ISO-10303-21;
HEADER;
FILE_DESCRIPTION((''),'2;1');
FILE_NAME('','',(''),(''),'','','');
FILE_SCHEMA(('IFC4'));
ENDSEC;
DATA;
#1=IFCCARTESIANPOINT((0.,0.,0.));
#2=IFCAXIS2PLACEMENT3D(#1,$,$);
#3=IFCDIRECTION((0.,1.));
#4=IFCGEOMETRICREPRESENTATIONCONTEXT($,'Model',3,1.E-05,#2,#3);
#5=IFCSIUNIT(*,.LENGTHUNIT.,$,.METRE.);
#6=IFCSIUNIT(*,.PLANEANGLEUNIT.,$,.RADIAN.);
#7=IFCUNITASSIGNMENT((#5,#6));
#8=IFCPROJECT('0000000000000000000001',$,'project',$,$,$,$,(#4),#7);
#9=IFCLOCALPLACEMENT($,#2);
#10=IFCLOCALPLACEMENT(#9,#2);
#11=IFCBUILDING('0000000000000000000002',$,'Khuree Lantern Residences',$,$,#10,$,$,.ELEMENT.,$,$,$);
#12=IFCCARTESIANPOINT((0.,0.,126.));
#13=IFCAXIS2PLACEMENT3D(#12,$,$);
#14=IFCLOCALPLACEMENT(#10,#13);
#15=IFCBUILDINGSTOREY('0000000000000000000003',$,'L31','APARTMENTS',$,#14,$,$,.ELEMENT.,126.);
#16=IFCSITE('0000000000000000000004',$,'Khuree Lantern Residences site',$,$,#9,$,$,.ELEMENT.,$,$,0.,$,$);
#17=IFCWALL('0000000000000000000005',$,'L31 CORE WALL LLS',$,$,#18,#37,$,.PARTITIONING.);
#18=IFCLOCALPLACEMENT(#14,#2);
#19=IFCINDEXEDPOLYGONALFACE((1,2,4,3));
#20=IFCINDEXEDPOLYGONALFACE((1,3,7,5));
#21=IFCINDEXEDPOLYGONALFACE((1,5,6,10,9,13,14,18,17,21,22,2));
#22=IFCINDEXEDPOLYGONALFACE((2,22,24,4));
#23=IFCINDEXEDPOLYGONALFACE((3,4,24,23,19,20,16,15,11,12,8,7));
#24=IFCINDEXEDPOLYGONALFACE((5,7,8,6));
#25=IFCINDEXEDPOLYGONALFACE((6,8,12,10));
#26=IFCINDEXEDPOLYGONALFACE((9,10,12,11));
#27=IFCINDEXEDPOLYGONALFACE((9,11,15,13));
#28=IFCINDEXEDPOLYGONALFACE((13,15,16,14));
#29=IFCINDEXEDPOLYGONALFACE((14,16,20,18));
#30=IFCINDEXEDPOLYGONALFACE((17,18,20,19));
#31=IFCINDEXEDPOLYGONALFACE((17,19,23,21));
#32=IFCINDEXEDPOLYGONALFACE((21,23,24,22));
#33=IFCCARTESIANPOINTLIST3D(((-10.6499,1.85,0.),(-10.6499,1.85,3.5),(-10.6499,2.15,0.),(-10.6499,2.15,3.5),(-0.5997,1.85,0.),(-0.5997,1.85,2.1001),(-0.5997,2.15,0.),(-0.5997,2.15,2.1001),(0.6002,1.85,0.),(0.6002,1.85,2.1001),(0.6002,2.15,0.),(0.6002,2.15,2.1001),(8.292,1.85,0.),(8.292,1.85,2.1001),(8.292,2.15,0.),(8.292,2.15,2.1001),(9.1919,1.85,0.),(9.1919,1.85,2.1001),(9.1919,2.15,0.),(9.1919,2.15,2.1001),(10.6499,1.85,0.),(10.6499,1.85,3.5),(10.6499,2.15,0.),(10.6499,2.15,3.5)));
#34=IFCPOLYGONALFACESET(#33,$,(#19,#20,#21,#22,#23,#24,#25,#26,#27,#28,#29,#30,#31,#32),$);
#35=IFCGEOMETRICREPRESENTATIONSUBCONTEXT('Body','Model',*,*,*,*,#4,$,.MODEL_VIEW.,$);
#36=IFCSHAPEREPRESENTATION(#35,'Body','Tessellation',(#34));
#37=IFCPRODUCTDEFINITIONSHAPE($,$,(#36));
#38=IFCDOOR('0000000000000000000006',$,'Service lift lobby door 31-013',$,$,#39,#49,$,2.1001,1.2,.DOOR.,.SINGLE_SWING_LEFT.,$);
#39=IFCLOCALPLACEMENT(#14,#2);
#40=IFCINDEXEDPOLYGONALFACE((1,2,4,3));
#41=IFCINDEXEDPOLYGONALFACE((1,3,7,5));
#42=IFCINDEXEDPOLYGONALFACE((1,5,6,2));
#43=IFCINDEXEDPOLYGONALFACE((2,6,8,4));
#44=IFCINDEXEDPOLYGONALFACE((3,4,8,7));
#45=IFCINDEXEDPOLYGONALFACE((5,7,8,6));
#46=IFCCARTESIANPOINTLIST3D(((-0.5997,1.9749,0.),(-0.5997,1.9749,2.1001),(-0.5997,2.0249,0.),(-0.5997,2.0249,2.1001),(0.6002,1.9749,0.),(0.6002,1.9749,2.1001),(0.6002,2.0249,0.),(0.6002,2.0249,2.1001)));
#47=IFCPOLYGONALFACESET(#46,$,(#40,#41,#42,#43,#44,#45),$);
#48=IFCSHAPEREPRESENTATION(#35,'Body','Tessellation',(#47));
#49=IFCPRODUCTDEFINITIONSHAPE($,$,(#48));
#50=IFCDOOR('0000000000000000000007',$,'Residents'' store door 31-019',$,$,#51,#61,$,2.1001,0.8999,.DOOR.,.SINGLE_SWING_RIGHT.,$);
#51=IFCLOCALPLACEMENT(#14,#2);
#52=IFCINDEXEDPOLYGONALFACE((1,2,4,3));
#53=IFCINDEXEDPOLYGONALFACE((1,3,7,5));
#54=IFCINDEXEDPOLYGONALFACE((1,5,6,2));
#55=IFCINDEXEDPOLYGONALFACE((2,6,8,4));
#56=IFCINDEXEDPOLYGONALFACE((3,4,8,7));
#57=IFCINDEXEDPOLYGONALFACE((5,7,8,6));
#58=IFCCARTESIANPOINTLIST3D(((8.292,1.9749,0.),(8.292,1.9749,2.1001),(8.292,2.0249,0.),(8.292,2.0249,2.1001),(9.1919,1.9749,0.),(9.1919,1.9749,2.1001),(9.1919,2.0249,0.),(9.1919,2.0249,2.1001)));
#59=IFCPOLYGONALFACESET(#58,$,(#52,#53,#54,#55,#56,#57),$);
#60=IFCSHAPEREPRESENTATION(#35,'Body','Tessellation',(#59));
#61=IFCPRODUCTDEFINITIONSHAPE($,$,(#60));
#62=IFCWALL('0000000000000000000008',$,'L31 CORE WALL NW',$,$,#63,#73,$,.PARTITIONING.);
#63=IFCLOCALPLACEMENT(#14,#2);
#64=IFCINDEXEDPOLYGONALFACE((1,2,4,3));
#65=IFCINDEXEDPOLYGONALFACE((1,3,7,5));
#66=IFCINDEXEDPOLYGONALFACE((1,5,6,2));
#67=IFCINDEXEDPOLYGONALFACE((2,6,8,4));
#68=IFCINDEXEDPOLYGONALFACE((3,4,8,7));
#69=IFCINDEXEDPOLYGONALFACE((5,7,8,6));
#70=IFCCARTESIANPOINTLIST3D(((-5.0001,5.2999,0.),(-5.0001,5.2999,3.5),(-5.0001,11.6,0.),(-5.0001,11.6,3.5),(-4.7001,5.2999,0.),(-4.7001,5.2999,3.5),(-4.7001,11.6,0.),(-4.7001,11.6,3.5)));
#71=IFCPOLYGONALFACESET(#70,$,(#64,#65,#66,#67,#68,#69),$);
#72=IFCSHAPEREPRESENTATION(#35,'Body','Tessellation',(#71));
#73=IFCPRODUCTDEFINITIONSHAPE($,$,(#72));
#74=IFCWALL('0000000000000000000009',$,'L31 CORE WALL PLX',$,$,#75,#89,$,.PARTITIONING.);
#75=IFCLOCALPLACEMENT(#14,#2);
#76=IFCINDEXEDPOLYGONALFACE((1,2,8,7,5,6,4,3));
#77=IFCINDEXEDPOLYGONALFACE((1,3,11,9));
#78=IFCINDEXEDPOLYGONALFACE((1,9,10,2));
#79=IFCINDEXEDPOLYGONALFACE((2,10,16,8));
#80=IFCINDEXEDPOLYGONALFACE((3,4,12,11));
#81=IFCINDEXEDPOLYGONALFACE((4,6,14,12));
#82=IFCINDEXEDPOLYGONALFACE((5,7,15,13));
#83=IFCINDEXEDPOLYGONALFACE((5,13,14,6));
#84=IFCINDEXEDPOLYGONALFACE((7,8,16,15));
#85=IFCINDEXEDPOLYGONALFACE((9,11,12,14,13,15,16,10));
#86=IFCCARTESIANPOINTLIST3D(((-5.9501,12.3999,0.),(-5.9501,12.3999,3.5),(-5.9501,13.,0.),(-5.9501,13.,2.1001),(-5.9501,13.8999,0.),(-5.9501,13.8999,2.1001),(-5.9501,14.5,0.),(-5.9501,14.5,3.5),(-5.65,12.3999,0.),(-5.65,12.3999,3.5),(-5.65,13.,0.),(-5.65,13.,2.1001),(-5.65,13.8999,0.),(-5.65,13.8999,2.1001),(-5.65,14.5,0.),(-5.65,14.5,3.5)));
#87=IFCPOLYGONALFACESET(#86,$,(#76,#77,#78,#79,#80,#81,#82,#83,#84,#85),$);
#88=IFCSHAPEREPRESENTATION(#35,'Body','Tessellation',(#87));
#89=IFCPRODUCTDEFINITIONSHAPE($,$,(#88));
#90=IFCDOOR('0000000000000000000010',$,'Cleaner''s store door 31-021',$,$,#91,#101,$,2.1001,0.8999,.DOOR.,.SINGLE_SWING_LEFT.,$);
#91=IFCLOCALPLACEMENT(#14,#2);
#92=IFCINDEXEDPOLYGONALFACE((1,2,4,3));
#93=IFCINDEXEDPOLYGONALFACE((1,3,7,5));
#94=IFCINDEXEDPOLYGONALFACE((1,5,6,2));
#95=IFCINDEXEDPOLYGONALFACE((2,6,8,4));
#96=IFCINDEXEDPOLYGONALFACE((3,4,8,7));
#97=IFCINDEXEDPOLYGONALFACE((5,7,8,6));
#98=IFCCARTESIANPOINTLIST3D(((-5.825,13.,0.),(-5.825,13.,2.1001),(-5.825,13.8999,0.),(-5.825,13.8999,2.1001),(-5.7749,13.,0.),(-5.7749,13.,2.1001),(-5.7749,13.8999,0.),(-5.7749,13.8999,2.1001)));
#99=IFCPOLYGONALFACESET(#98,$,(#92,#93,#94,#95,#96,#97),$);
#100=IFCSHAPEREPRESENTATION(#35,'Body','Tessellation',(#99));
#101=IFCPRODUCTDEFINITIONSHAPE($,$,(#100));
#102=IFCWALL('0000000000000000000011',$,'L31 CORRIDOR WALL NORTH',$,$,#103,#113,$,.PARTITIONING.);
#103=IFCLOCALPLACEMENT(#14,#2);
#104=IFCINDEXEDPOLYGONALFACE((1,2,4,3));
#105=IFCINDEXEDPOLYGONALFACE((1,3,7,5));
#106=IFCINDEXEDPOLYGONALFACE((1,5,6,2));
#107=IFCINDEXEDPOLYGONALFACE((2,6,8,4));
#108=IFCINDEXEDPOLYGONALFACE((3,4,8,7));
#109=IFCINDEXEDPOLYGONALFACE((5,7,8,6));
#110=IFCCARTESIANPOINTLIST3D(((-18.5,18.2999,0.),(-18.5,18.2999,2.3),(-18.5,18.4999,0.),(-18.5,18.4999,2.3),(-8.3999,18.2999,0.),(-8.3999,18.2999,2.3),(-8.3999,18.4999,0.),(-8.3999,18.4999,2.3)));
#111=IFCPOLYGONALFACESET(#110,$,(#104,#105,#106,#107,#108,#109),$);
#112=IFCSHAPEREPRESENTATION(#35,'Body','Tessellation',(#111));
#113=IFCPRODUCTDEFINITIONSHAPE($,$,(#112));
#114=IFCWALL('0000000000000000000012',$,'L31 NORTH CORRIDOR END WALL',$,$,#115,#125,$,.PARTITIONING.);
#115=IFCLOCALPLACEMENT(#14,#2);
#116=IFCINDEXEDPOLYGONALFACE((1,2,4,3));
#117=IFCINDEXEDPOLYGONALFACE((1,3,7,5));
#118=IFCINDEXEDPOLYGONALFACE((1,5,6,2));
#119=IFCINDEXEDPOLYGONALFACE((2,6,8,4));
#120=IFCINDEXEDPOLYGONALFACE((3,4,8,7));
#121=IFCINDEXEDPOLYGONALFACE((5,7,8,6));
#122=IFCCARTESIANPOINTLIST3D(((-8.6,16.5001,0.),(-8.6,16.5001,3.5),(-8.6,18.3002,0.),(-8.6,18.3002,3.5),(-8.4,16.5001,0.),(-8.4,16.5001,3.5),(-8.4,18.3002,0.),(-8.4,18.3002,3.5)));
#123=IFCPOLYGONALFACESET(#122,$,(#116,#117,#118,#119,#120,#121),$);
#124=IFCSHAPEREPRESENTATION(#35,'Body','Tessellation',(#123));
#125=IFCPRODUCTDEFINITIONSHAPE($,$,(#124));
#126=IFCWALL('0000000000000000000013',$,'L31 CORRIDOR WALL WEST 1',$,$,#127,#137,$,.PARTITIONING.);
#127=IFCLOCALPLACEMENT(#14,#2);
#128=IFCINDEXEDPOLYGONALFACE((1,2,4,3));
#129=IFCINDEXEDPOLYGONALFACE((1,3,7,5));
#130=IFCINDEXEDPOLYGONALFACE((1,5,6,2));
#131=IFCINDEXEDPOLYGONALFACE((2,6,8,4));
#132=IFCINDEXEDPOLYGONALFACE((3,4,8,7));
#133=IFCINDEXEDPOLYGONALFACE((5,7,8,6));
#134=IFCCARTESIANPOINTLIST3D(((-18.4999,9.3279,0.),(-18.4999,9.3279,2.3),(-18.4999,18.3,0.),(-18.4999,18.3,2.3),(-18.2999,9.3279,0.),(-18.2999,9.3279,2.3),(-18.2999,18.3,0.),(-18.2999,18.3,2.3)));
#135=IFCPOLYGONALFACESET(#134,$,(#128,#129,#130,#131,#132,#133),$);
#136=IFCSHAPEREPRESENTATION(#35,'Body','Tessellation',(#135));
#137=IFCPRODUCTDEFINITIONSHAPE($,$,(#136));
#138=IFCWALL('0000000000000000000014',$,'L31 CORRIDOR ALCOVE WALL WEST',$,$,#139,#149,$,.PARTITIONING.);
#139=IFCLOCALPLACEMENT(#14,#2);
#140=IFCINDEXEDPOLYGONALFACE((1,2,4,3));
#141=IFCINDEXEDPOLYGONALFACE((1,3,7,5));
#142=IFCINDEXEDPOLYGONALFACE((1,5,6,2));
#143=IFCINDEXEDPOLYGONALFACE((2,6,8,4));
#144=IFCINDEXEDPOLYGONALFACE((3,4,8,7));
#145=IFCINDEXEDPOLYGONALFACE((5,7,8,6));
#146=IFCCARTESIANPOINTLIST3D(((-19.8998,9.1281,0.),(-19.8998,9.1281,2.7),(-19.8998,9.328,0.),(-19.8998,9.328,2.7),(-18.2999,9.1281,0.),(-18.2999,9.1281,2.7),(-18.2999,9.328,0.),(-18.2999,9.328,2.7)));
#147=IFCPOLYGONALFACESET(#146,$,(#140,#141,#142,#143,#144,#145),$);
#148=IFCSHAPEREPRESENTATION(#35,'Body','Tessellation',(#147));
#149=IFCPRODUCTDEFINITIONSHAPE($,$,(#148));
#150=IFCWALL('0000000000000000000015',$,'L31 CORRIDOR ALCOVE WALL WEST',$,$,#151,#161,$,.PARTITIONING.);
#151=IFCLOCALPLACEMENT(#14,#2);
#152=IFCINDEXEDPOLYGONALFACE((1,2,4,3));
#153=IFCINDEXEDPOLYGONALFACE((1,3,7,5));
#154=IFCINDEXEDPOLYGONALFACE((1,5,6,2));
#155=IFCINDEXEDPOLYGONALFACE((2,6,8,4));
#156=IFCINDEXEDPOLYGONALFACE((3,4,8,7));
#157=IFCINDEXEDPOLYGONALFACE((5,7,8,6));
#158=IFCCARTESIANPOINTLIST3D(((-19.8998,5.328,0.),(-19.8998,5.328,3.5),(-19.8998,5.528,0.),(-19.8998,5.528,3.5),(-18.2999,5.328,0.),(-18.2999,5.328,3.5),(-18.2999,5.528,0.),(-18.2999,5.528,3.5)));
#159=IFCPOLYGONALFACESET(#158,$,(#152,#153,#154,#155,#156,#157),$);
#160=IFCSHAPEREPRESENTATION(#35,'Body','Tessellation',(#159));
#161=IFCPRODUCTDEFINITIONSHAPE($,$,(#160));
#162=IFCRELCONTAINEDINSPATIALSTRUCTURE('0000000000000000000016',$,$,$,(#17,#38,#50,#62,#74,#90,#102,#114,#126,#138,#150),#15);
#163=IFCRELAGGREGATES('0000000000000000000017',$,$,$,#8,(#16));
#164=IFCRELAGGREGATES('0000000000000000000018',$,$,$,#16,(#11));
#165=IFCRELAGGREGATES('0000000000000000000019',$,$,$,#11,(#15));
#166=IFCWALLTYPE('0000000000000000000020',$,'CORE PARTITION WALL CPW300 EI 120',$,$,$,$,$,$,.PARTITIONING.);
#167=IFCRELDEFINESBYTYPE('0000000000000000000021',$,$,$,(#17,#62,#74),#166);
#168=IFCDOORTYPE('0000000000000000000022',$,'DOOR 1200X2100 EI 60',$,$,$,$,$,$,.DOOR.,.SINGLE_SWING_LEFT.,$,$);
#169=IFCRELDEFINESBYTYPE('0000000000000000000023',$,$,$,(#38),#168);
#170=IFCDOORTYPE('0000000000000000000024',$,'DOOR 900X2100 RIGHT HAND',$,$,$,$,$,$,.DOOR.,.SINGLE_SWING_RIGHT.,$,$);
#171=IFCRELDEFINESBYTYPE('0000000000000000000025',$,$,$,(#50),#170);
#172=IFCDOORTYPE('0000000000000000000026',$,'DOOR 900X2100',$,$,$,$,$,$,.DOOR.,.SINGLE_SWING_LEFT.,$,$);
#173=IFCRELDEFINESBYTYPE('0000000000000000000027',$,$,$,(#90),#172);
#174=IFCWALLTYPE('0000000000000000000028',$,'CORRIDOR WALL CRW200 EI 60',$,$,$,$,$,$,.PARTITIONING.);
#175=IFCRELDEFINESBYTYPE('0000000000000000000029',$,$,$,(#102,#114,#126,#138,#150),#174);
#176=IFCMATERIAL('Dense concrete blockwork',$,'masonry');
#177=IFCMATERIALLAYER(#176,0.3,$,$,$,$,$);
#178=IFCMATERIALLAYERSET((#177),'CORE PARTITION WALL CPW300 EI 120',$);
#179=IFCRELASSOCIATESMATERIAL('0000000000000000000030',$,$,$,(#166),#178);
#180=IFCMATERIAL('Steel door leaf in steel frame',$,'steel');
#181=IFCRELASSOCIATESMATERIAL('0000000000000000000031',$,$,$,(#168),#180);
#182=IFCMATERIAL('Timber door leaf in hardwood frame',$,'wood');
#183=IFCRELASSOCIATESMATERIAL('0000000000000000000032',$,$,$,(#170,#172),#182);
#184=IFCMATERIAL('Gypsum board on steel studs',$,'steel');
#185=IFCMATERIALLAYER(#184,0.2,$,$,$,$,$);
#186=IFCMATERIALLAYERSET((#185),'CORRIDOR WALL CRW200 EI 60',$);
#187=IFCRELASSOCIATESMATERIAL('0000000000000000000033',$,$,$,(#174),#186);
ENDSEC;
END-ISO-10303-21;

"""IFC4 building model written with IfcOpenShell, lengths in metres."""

from ifc_helpers import new_model, si_unit, direction, frame, frame_2d, origin, place, context, subcontext, project, spatial, rectangle, extrude, material, layer, layer_set, type_object, element, fill, save


model = new_model("IFC4")

# Units and contexts
model_context = context("Model", 3, precision=1e-05, world=origin(), true_north=direction((0.0, 1.0)))
body_context = subcontext(model_context, "Body", "Model", "MODEL_VIEW")
ifc_project = project(units=[si_unit("LENGTHUNIT", "METRE"), si_unit("PLANEANGLEUNIT", "RADIAN")], contexts=[model_context])

# Site, building, storey
site_placement = place(None, origin())
site = spatial("IfcSite", under=ifc_project, at=site_placement, Name="Khuree Lantern Residences site", CompositionType="ELEMENT", RefElevation=0.0)
building_placement = place(site_placement, origin())
building = spatial("IfcBuilding", under=site, at=building_placement, Name="Khuree Lantern Residences", CompositionType="ELEMENT")
storey_placement = place(building_placement, frame((0.0, 0.0, 126.0)))
storey = spatial("IfcBuildingStorey", under=building, at=storey_placement, Name="L31", Description="APARTMENTS", CompositionType="ELEMENT", Elevation=126.0)

# Shared definitions
ifc_material_1 = material(Name="Dense concrete blockwork", Category="masonry")
ifc_layer_1 = layer(ifc_material_1, 0.3)
ifc_layer_set_1 = layer_set([ifc_layer_1], Name="CORE PARTITION WALL CPW300 EI 120")
wall_type_1 = type_object("IfcWallType", Name="CORE PARTITION WALL CPW300 EI 120", PredefinedType="PARTITIONING", material=ifc_layer_set_1)

# Wall, openings, doors
wall_1_placement = place(storey_placement, frame((-10.6499, 2.0, 0.0), z_axis=(0.0, 0.0, 1.0), x_axis=(1.0, 0.0, 0.0)))
wall_1 = element("IfcWall", 1, at=wall_1_placement, inside=storey, type_object=wall_type_1, Name="L31 CORE WALL LLS", PredefinedType="PARTITIONING", context=body_context, shape_type="SweptSolid", body=[
    extrude(rectangle(XDim=21.2998, YDim=0.3, at=frame_2d((10.6499, 0.0))), origin(), (0.0, 0.0, 1.0), 3.5),
])
opening_1_placement = place(wall_1_placement, frame((10.05, 0.0, 0.0)))
opening_1 = element("IfcOpeningElement", 2, at=opening_1_placement, cuts=wall_1, PredefinedType="OPENING", context=body_context, shape_type="SweptSolid", body=[
    extrude(rectangle(XDim=1.2, YDim=2.1001, at=frame_2d((0.6001, 1.05))), frame((0.0, 0.1602, 0.0), z_axis=(0.0, -1.0, 0.0), x_axis=(1.0, 0.0, 0.0)), (0.0, 0.0, 1.0), 0.3201),
])
opening_2_placement = place(wall_1_placement, frame((18.9419, 0.0, 0.0)))
opening_2 = element("IfcOpeningElement", 3, at=opening_2_placement, cuts=wall_1, PredefinedType="OPENING", context=body_context, shape_type="SweptSolid", body=[
    extrude(rectangle(XDim=0.8999, YDim=2.1001, at=frame_2d((0.45, 1.05))), frame((0.0, 0.1602, 0.0), z_axis=(0.0, -1.0, 0.0), x_axis=(1.0, 0.0, 0.0)), (0.0, 0.0, 1.0), 0.3201),
])
ifc_material_2 = material(Name="Steel door leaf in steel frame", Category="steel")
door_type_1 = type_object("IfcDoorType", Name="DOOR 1200X2100 EI 60", OperationType="SINGLE_SWING_LEFT", PredefinedType="DOOR", material=ifc_material_2)
door_1_placement = place(opening_1_placement, origin())
door_1 = element("IfcDoor", 4, at=door_1_placement, inside=storey, type_object=door_type_1, Name="Service lift lobby door 31-013", OperationType="SINGLE_SWING_LEFT", OverallHeight=2.1001, OverallWidth=1.2, PredefinedType="DOOR", context=body_context, shape_type="SweptSolid", body=[
    extrude(rectangle(XDim=1.2, YDim=2.1001, at=frame_2d((0.6001, 1.05))), frame((0.0, 0.0249, 0.0), z_axis=(0.0, -1.0, 0.0), x_axis=(1.0, 0.0, 0.0)), (0.0, 0.0, 1.0), 0.05),
])
fill(opening_1, door_1)
ifc_material_3 = material(Name="Timber door leaf in hardwood frame", Category="wood")
door_type_2 = type_object("IfcDoorType", Name="DOOR 900X2100 RIGHT HAND", OperationType="SINGLE_SWING_RIGHT", PredefinedType="DOOR", material=ifc_material_3)
door_2_placement = place(opening_2_placement, origin())
door_2 = element("IfcDoor", 5, at=door_2_placement, inside=storey, type_object=door_type_2, Name="Residents' store door 31-019", OperationType="SINGLE_SWING_RIGHT", OverallHeight=2.1001, OverallWidth=0.8999, PredefinedType="DOOR", context=body_context, shape_type="SweptSolid", body=[
    extrude(rectangle(XDim=0.8999, YDim=2.1001, at=frame_2d((0.45, 1.05))), frame((0.0, 0.0249, 0.0), z_axis=(0.0, -1.0, 0.0), x_axis=(1.0, 0.0, 0.0)), (0.0, 0.0, 1.0), 0.05),
])
fill(opening_2, door_2)

# Wall
wall_2_placement = place(storey_placement, frame((-4.8501, 5.3, 0.0), z_axis=(0.0, 0.0, 1.0), x_axis=(0.0, 1.0, 0.0)))
element("IfcWall", 6, at=wall_2_placement, inside=storey, type_object=wall_type_1, Name="L31 CORE WALL NW", PredefinedType="PARTITIONING", context=body_context, shape_type="SweptSolid", body=[
    extrude(rectangle(XDim=6.3, YDim=0.3, at=frame_2d((3.1499, 0.0))), origin(), (0.0, 0.0, 1.0), 3.5),
])

# Wall, opening, door
wall_3_placement = place(storey_placement, frame((-5.8, 12.3999, 0.0), z_axis=(0.0, 0.0, 1.0), x_axis=(0.0, 1.0, 0.0)))
wall_3 = element("IfcWall", 7, at=wall_3_placement, inside=storey, type_object=wall_type_1, Name="L31 CORE WALL PLX", PredefinedType="PARTITIONING", context=body_context, shape_type="SweptSolid", body=[
    extrude(rectangle(XDim=2.1001, YDim=0.3, at=frame_2d((1.05, 0.0))), origin(), (0.0, 0.0, 1.0), 3.5),
])
opening_3_placement = place(wall_3_placement, frame((0.6001, 0.0, 0.0)))
opening_3 = element("IfcOpeningElement", 8, at=opening_3_placement, cuts=wall_3, PredefinedType="OPENING", context=body_context, shape_type="SweptSolid", body=[
    extrude(rectangle(XDim=0.8999, YDim=2.1001, at=frame_2d((0.45, 1.05))), frame((0.0, 0.1602, 0.0), z_axis=(0.0, -1.0, 0.0), x_axis=(1.0, 0.0, 0.0)), (0.0, 0.0, 1.0), 0.3201),
])
door_type_3 = type_object("IfcDoorType", Name="DOOR 900X2100", OperationType="SINGLE_SWING_LEFT", PredefinedType="DOOR", material=ifc_material_3)
door_3_placement = place(opening_3_placement, origin())
door_3 = element("IfcDoor", 9, at=door_3_placement, inside=storey, type_object=door_type_3, Name="Cleaner's store door 31-021", OperationType="SINGLE_SWING_LEFT", OverallHeight=2.1001, OverallWidth=0.8999, PredefinedType="DOOR", context=body_context, shape_type="SweptSolid", body=[
    extrude(rectangle(XDim=0.8999, YDim=2.1001, at=frame_2d((0.45, 1.05))), frame((0.0, 0.0249, 0.0), z_axis=(0.0, -1.0, 0.0), x_axis=(1.0, 0.0, 0.0)), (0.0, 0.0, 1.0), 0.05),
])
fill(opening_3, door_3)

# Walls
ifc_material_4 = material(Name="Gypsum board on steel studs", Category="steel")
ifc_layer_2 = layer(ifc_material_4, 0.2)
ifc_layer_set_2 = layer_set([ifc_layer_2], Name="CORRIDOR WALL CRW200 EI 60")
wall_type_2 = type_object("IfcWallType", Name="CORRIDOR WALL CRW200 EI 60", PredefinedType="PARTITIONING", material=ifc_layer_set_2)
wall_4_placement = place(storey_placement, frame((-18.5, 18.3999, 0.0), z_axis=(0.0, 0.0, 1.0), x_axis=(1.0, 0.0, 0.0)))
element("IfcWall", 10, at=wall_4_placement, inside=storey, type_object=wall_type_2, Name="L31 CORRIDOR WALL NORTH", PredefinedType="PARTITIONING", context=body_context, shape_type="SweptSolid", body=[
    extrude(rectangle(XDim=10.1001, YDim=0.2, at=frame_2d((5.05, 0.0))), origin(), (0.0, 0.0, 1.0), 2.3),
])
wall_5_placement = place(storey_placement, frame((-8.5, 18.3, 0.0), z_axis=(0.0, 0.0, 1.0), x_axis=(0.0, -1.0, 0.0)))
element("IfcWall", 11, at=wall_5_placement, inside=storey, type_object=wall_type_2, Name="L31 NORTH CORRIDOR END WALL", PredefinedType="PARTITIONING", context=body_context, shape_type="SweptSolid", body=[
    extrude(rectangle(XDim=1.8, YDim=0.2, at=frame_2d((0.8999, 0.0))), origin(), (0.0, 0.0, 1.0), 3.5),
])
wall_6_placement = place(storey_placement, frame((-18.3999, 18.3, 0.0), z_axis=(0.0, 0.0, 1.0), x_axis=(0.0, -1.0, 0.0)))
element("IfcWall", 12, at=wall_6_placement, inside=storey, type_object=wall_type_2, Name="L31 CORRIDOR WALL WEST 1", PredefinedType="PARTITIONING", context=body_context, shape_type="SweptSolid", body=[
    extrude(rectangle(XDim=8.9722, YDim=0.2, at=frame_2d((4.4861, 0.0))), origin(), (0.0, 0.0, 1.0), 2.3),
])
wall_7_placement = place(storey_placement, frame((-18.3, 9.228, 0.0), z_axis=(0.0, 0.0, 1.0), x_axis=(-1.0, 0.0, 0.0)))
element("IfcWall", 13, at=wall_7_placement, inside=storey, type_object=wall_type_2, Name="L31 CORRIDOR ALCOVE WALL WEST", PredefinedType="PARTITIONING", context=body_context, shape_type="SweptSolid", body=[
    extrude(rectangle(XDim=1.5999, YDim=0.2, at=frame_2d((0.7998, 0.0))), origin(), (0.0, 0.0, 1.0), 2.7),
])
wall_8_placement = place(storey_placement, frame((-18.3, 5.428, 0.0), z_axis=(0.0, 0.0, 1.0), x_axis=(-1.0, 0.0, 0.0)))
element("IfcWall", 14, at=wall_8_placement, inside=storey, type_object=wall_type_2, Name="L31 CORRIDOR ALCOVE WALL WEST", PredefinedType="PARTITIONING", context=body_context, shape_type="SweptSolid", body=[
    extrude(rectangle(XDim=1.5999, YDim=0.2, at=frame_2d((0.7998, 0.0))), origin(), (0.0, 0.0, 1.0), 3.5),
])

save(model, "model.ifc")
